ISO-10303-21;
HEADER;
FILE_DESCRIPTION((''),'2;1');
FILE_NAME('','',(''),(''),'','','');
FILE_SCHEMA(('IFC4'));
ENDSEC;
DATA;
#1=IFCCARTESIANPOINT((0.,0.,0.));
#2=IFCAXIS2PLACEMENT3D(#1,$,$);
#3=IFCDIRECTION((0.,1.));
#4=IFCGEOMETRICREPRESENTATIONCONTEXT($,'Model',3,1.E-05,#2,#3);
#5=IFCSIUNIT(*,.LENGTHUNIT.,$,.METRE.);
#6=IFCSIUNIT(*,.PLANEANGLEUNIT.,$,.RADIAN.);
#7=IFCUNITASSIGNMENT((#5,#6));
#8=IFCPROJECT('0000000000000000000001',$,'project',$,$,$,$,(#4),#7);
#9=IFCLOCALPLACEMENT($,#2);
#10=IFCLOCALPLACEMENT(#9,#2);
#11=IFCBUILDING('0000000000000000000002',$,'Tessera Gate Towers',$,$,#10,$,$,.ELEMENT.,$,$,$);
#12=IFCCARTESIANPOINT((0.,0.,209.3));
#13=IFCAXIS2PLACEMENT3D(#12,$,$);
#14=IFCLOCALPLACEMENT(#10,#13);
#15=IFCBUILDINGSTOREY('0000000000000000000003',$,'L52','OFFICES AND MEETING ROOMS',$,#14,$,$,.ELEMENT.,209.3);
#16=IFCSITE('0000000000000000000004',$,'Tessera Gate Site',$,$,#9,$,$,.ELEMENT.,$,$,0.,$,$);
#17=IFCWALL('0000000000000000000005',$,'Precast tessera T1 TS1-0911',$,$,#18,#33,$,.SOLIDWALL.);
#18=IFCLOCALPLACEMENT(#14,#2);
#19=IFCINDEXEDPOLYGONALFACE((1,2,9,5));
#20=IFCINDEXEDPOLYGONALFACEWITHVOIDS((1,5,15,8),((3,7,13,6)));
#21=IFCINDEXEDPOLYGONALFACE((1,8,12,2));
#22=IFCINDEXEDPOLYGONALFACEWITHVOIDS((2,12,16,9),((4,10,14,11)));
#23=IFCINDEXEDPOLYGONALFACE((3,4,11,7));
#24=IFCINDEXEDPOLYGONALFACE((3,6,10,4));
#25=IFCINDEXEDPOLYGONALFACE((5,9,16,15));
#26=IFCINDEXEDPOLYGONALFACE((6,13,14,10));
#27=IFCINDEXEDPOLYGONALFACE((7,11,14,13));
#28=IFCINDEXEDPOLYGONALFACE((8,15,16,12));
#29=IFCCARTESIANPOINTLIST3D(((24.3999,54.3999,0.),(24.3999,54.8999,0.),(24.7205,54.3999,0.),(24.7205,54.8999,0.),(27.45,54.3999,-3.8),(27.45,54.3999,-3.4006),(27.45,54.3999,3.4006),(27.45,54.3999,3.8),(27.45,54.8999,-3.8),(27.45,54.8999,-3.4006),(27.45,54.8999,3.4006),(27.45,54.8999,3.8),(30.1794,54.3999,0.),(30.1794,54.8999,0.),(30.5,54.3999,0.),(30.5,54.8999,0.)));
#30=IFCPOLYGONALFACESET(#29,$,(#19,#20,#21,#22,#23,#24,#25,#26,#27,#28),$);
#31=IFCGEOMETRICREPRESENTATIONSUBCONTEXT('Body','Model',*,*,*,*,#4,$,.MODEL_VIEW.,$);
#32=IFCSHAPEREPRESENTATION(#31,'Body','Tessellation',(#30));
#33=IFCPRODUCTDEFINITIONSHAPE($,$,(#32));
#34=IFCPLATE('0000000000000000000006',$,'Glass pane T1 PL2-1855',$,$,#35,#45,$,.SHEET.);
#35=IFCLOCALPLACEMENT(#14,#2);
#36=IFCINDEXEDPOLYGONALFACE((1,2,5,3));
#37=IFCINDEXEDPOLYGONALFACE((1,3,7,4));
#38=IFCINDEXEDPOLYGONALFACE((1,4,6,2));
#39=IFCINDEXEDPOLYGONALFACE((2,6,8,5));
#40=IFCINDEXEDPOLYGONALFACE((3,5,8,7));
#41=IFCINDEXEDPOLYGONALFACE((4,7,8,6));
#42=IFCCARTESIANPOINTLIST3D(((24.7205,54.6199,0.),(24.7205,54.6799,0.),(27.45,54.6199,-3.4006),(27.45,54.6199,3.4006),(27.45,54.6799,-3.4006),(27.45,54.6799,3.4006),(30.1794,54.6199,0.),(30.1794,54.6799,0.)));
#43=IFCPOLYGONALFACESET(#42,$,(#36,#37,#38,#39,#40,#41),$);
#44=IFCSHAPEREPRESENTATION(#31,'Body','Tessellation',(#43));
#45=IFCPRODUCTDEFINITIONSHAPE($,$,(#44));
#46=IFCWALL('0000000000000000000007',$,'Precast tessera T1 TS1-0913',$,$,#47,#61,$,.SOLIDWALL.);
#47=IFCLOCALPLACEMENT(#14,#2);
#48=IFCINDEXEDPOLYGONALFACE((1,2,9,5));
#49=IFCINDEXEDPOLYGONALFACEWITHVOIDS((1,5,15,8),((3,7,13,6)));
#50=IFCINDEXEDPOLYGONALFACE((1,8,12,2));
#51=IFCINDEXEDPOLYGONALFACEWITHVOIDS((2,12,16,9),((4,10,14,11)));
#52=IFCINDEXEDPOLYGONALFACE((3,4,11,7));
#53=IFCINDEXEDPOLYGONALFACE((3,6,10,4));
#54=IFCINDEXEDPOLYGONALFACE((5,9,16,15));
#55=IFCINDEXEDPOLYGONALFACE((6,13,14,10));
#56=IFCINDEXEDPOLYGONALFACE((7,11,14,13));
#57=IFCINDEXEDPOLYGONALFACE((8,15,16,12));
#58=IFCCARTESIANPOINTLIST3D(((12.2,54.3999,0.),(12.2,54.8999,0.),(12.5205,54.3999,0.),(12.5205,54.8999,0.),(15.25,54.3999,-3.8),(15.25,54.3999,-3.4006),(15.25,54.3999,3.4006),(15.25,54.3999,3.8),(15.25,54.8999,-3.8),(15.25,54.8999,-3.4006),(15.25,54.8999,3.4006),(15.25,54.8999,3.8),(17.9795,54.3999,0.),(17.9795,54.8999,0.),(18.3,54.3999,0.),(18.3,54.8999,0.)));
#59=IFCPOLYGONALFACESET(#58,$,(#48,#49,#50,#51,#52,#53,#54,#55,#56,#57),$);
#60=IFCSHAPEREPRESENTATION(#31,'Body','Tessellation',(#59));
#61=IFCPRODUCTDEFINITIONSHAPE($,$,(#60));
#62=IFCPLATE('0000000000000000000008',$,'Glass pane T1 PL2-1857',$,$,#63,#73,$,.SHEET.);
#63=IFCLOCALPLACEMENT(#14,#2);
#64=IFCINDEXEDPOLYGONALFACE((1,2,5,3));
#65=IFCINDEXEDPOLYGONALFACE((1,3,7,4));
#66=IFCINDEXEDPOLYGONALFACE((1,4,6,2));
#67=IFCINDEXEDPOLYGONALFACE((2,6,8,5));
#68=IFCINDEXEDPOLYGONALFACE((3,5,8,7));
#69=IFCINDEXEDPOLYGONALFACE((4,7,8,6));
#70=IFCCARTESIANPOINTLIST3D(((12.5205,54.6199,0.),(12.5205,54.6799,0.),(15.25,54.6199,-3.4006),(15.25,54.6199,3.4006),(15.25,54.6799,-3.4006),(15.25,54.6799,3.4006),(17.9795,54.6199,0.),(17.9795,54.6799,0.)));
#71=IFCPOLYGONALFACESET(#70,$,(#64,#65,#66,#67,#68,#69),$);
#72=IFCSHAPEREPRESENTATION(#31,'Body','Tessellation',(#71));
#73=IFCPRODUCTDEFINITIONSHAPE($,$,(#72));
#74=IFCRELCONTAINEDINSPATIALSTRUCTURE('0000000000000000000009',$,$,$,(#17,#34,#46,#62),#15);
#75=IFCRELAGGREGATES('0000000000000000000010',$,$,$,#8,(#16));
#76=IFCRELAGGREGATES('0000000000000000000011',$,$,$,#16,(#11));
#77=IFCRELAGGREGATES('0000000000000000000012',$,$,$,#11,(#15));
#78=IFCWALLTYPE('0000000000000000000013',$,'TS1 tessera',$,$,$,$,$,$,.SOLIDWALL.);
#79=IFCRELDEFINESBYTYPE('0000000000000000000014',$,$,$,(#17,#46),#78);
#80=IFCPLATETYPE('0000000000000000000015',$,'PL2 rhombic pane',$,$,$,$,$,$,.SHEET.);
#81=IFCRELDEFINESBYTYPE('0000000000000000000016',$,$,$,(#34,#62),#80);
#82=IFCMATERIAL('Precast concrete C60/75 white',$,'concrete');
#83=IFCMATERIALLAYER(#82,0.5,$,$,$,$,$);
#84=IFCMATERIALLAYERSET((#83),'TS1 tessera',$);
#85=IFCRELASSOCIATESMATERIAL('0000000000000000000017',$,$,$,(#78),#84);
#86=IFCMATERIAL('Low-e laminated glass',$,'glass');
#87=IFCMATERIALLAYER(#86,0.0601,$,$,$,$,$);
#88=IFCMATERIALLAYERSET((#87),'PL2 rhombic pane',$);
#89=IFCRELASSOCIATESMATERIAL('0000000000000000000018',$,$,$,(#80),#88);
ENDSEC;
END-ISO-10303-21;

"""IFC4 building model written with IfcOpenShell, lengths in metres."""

from ifc_helpers import new_model, si_unit, direction, frame, origin, place, context, subcontext, project, spatial, polyline, outline, extrude, source, transform, mapped, material, layer, layer_set, type_object, element, fill, save


model = new_model("IFC4")

# Units and contexts
model_context = context("Model", 3, precision=1e-05, world=origin(), true_north=direction((0.0, 1.0)))
body_context = subcontext(model_context, "Body", "Model", "MODEL_VIEW")
ifc_project = project(units=[si_unit("LENGTHUNIT", "METRE"), si_unit("PLANEANGLEUNIT", "RADIAN")], contexts=[model_context])

# Site, building, storey
site_placement = place(None, origin())
site = spatial("IfcSite", under=ifc_project, at=site_placement, Name="Tessera Gate Site", CompositionType="ELEMENT", RefElevation=0.0)
building_placement = place(site_placement, origin())
building = spatial("IfcBuilding", under=site, at=building_placement, Name="Tessera Gate Towers", CompositionType="ELEMENT")
storey_placement = place(building_placement, frame((0.0, 0.0, 209.3)))
storey = spatial("IfcBuildingStorey", under=building, at=storey_placement, Name="L52", Description="OFFICES AND MEETING ROOMS", CompositionType="ELEMENT", Elevation=209.3)

# Walls, openings, plates
ifc_material_1 = material(Name="Precast concrete C60/75 white", Category="concrete")
ifc_layer_1 = layer(ifc_material_1, 0.5)
ifc_layer_set_1 = layer_set([ifc_layer_1], Name="TS1 tessera")
wall_type_1 = type_object("IfcWallType", Name="TS1 tessera", PredefinedType="SOLIDWALL", material=ifc_layer_set_1)
shared_shape_1 = source(origin(), body_context, "Body", "SweptSolid", [
    extrude(outline(polyline([(3.05, 0.0), (6.1001, 3.8), (3.05, 7.6001), (0.0, 3.8), (3.05, 0.0)])), frame((0.0, 0.25, 0.0), z_axis=(0.0, -1.0, 0.0), x_axis=(1.0, 0.0, 0.0)), (0.0, 0.0, 1.0), 0.5),
])
wall_1_placement = place(storey_placement, frame((30.5, 54.6499, -3.8), z_axis=(0.0, 0.0, 1.0), x_axis=(-1.0, 0.0, 0.0)))
wall_1 = element("IfcWall", 1, at=wall_1_placement, inside=storey, type_object=wall_type_1, Name="Precast tessera T1 TS1-0911", PredefinedType="SOLIDWALL", context=body_context, shape_type="MappedRepresentation", body=[
    mapped(shared_shape_1, transform((0.0, 0.0, 0.0), scale=1.0)),
])
shared_shape_2 = source(origin(), body_context, "Body", "SweptSolid", [
    extrude(outline(polyline([(3.05, 0.3994), (5.7795, 3.8), (3.05, 7.2007), (0.3206, 3.8), (3.05, 0.3994)])), frame((0.0, 0.26, 0.0), z_axis=(0.0, -1.0, 0.0), x_axis=(1.0, 0.0, 0.0)), (0.0, 0.0, 1.0), 0.52),
])
opening_1_placement = place(wall_1_placement, origin())
opening_1 = element("IfcOpeningElement", 2, at=opening_1_placement, cuts=wall_1, PredefinedType="OPENING", context=body_context, shape_type="MappedRepresentation", body=[
    mapped(shared_shape_2, transform((0.0, 0.0, 0.0), scale=1.0)),
])
ifc_material_2 = material(Name="Low-e laminated glass", Category="glass")
ifc_layer_2 = layer(ifc_material_2, 0.0601)
ifc_layer_set_2 = layer_set([ifc_layer_2], Name="PL2 rhombic pane")
plate_type = type_object("IfcPlateType", Name="PL2 rhombic pane", PredefinedType="SHEET", material=ifc_layer_set_2)
shared_shape_3 = source(origin(), body_context, "Body", "SweptSolid", [
    extrude(outline(polyline([(3.05, 0.3994), (5.7795, 3.8), (3.05, 7.2007), (0.3206, 3.8), (3.05, 0.3994)])), frame((0.0, 0.03, 0.0), z_axis=(0.0, -1.0, 0.0), x_axis=(1.0, 0.0, 0.0)), (0.0, 0.0, 1.0), 0.0601),
])
plate_1_placement = place(opening_1_placement, origin())
plate_1 = element("IfcPlate", 3, at=plate_1_placement, inside=storey, type_object=plate_type, Name="Glass pane T1 PL2-1855", PredefinedType="SHEET", context=body_context, shape_type="MappedRepresentation", body=[
    mapped(shared_shape_3, transform((0.0, 0.0, 0.0), scale=1.0)),
])
fill(opening_1, plate_1)
wall_2_placement = place(storey_placement, frame((18.3, 54.6499, -3.8), z_axis=(0.0, 0.0, 1.0), x_axis=(-1.0, 0.0, 0.0)))
wall_2 = element("IfcWall", 4, at=wall_2_placement, inside=storey, type_object=wall_type_1, Name="Precast tessera T1 TS1-0913", PredefinedType="SOLIDWALL", context=body_context, shape_type="MappedRepresentation", body=[
    mapped(shared_shape_1, transform((0.0, 0.0, 0.0), scale=1.0)),
])
opening_2_placement = place(wall_2_placement, origin())
opening_2 = element("IfcOpeningElement", 5, at=opening_2_placement, cuts=wall_2, PredefinedType="OPENING", context=body_context, shape_type="MappedRepresentation", body=[
    mapped(shared_shape_2, transform((0.0, 0.0, 0.0), scale=1.0)),
])
plate_2_placement = place(opening_2_placement, origin())
plate_2 = element("IfcPlate", 6, at=plate_2_placement, inside=storey, type_object=plate_type, Name="Glass pane T1 PL2-1857", PredefinedType="SHEET", context=body_context, shape_type="MappedRepresentation", body=[
    mapped(shared_shape_3, transform((0.0, 0.0, 0.0), scale=1.0)),
])
fill(opening_2, plate_2)

save(model, "model.ifc")
